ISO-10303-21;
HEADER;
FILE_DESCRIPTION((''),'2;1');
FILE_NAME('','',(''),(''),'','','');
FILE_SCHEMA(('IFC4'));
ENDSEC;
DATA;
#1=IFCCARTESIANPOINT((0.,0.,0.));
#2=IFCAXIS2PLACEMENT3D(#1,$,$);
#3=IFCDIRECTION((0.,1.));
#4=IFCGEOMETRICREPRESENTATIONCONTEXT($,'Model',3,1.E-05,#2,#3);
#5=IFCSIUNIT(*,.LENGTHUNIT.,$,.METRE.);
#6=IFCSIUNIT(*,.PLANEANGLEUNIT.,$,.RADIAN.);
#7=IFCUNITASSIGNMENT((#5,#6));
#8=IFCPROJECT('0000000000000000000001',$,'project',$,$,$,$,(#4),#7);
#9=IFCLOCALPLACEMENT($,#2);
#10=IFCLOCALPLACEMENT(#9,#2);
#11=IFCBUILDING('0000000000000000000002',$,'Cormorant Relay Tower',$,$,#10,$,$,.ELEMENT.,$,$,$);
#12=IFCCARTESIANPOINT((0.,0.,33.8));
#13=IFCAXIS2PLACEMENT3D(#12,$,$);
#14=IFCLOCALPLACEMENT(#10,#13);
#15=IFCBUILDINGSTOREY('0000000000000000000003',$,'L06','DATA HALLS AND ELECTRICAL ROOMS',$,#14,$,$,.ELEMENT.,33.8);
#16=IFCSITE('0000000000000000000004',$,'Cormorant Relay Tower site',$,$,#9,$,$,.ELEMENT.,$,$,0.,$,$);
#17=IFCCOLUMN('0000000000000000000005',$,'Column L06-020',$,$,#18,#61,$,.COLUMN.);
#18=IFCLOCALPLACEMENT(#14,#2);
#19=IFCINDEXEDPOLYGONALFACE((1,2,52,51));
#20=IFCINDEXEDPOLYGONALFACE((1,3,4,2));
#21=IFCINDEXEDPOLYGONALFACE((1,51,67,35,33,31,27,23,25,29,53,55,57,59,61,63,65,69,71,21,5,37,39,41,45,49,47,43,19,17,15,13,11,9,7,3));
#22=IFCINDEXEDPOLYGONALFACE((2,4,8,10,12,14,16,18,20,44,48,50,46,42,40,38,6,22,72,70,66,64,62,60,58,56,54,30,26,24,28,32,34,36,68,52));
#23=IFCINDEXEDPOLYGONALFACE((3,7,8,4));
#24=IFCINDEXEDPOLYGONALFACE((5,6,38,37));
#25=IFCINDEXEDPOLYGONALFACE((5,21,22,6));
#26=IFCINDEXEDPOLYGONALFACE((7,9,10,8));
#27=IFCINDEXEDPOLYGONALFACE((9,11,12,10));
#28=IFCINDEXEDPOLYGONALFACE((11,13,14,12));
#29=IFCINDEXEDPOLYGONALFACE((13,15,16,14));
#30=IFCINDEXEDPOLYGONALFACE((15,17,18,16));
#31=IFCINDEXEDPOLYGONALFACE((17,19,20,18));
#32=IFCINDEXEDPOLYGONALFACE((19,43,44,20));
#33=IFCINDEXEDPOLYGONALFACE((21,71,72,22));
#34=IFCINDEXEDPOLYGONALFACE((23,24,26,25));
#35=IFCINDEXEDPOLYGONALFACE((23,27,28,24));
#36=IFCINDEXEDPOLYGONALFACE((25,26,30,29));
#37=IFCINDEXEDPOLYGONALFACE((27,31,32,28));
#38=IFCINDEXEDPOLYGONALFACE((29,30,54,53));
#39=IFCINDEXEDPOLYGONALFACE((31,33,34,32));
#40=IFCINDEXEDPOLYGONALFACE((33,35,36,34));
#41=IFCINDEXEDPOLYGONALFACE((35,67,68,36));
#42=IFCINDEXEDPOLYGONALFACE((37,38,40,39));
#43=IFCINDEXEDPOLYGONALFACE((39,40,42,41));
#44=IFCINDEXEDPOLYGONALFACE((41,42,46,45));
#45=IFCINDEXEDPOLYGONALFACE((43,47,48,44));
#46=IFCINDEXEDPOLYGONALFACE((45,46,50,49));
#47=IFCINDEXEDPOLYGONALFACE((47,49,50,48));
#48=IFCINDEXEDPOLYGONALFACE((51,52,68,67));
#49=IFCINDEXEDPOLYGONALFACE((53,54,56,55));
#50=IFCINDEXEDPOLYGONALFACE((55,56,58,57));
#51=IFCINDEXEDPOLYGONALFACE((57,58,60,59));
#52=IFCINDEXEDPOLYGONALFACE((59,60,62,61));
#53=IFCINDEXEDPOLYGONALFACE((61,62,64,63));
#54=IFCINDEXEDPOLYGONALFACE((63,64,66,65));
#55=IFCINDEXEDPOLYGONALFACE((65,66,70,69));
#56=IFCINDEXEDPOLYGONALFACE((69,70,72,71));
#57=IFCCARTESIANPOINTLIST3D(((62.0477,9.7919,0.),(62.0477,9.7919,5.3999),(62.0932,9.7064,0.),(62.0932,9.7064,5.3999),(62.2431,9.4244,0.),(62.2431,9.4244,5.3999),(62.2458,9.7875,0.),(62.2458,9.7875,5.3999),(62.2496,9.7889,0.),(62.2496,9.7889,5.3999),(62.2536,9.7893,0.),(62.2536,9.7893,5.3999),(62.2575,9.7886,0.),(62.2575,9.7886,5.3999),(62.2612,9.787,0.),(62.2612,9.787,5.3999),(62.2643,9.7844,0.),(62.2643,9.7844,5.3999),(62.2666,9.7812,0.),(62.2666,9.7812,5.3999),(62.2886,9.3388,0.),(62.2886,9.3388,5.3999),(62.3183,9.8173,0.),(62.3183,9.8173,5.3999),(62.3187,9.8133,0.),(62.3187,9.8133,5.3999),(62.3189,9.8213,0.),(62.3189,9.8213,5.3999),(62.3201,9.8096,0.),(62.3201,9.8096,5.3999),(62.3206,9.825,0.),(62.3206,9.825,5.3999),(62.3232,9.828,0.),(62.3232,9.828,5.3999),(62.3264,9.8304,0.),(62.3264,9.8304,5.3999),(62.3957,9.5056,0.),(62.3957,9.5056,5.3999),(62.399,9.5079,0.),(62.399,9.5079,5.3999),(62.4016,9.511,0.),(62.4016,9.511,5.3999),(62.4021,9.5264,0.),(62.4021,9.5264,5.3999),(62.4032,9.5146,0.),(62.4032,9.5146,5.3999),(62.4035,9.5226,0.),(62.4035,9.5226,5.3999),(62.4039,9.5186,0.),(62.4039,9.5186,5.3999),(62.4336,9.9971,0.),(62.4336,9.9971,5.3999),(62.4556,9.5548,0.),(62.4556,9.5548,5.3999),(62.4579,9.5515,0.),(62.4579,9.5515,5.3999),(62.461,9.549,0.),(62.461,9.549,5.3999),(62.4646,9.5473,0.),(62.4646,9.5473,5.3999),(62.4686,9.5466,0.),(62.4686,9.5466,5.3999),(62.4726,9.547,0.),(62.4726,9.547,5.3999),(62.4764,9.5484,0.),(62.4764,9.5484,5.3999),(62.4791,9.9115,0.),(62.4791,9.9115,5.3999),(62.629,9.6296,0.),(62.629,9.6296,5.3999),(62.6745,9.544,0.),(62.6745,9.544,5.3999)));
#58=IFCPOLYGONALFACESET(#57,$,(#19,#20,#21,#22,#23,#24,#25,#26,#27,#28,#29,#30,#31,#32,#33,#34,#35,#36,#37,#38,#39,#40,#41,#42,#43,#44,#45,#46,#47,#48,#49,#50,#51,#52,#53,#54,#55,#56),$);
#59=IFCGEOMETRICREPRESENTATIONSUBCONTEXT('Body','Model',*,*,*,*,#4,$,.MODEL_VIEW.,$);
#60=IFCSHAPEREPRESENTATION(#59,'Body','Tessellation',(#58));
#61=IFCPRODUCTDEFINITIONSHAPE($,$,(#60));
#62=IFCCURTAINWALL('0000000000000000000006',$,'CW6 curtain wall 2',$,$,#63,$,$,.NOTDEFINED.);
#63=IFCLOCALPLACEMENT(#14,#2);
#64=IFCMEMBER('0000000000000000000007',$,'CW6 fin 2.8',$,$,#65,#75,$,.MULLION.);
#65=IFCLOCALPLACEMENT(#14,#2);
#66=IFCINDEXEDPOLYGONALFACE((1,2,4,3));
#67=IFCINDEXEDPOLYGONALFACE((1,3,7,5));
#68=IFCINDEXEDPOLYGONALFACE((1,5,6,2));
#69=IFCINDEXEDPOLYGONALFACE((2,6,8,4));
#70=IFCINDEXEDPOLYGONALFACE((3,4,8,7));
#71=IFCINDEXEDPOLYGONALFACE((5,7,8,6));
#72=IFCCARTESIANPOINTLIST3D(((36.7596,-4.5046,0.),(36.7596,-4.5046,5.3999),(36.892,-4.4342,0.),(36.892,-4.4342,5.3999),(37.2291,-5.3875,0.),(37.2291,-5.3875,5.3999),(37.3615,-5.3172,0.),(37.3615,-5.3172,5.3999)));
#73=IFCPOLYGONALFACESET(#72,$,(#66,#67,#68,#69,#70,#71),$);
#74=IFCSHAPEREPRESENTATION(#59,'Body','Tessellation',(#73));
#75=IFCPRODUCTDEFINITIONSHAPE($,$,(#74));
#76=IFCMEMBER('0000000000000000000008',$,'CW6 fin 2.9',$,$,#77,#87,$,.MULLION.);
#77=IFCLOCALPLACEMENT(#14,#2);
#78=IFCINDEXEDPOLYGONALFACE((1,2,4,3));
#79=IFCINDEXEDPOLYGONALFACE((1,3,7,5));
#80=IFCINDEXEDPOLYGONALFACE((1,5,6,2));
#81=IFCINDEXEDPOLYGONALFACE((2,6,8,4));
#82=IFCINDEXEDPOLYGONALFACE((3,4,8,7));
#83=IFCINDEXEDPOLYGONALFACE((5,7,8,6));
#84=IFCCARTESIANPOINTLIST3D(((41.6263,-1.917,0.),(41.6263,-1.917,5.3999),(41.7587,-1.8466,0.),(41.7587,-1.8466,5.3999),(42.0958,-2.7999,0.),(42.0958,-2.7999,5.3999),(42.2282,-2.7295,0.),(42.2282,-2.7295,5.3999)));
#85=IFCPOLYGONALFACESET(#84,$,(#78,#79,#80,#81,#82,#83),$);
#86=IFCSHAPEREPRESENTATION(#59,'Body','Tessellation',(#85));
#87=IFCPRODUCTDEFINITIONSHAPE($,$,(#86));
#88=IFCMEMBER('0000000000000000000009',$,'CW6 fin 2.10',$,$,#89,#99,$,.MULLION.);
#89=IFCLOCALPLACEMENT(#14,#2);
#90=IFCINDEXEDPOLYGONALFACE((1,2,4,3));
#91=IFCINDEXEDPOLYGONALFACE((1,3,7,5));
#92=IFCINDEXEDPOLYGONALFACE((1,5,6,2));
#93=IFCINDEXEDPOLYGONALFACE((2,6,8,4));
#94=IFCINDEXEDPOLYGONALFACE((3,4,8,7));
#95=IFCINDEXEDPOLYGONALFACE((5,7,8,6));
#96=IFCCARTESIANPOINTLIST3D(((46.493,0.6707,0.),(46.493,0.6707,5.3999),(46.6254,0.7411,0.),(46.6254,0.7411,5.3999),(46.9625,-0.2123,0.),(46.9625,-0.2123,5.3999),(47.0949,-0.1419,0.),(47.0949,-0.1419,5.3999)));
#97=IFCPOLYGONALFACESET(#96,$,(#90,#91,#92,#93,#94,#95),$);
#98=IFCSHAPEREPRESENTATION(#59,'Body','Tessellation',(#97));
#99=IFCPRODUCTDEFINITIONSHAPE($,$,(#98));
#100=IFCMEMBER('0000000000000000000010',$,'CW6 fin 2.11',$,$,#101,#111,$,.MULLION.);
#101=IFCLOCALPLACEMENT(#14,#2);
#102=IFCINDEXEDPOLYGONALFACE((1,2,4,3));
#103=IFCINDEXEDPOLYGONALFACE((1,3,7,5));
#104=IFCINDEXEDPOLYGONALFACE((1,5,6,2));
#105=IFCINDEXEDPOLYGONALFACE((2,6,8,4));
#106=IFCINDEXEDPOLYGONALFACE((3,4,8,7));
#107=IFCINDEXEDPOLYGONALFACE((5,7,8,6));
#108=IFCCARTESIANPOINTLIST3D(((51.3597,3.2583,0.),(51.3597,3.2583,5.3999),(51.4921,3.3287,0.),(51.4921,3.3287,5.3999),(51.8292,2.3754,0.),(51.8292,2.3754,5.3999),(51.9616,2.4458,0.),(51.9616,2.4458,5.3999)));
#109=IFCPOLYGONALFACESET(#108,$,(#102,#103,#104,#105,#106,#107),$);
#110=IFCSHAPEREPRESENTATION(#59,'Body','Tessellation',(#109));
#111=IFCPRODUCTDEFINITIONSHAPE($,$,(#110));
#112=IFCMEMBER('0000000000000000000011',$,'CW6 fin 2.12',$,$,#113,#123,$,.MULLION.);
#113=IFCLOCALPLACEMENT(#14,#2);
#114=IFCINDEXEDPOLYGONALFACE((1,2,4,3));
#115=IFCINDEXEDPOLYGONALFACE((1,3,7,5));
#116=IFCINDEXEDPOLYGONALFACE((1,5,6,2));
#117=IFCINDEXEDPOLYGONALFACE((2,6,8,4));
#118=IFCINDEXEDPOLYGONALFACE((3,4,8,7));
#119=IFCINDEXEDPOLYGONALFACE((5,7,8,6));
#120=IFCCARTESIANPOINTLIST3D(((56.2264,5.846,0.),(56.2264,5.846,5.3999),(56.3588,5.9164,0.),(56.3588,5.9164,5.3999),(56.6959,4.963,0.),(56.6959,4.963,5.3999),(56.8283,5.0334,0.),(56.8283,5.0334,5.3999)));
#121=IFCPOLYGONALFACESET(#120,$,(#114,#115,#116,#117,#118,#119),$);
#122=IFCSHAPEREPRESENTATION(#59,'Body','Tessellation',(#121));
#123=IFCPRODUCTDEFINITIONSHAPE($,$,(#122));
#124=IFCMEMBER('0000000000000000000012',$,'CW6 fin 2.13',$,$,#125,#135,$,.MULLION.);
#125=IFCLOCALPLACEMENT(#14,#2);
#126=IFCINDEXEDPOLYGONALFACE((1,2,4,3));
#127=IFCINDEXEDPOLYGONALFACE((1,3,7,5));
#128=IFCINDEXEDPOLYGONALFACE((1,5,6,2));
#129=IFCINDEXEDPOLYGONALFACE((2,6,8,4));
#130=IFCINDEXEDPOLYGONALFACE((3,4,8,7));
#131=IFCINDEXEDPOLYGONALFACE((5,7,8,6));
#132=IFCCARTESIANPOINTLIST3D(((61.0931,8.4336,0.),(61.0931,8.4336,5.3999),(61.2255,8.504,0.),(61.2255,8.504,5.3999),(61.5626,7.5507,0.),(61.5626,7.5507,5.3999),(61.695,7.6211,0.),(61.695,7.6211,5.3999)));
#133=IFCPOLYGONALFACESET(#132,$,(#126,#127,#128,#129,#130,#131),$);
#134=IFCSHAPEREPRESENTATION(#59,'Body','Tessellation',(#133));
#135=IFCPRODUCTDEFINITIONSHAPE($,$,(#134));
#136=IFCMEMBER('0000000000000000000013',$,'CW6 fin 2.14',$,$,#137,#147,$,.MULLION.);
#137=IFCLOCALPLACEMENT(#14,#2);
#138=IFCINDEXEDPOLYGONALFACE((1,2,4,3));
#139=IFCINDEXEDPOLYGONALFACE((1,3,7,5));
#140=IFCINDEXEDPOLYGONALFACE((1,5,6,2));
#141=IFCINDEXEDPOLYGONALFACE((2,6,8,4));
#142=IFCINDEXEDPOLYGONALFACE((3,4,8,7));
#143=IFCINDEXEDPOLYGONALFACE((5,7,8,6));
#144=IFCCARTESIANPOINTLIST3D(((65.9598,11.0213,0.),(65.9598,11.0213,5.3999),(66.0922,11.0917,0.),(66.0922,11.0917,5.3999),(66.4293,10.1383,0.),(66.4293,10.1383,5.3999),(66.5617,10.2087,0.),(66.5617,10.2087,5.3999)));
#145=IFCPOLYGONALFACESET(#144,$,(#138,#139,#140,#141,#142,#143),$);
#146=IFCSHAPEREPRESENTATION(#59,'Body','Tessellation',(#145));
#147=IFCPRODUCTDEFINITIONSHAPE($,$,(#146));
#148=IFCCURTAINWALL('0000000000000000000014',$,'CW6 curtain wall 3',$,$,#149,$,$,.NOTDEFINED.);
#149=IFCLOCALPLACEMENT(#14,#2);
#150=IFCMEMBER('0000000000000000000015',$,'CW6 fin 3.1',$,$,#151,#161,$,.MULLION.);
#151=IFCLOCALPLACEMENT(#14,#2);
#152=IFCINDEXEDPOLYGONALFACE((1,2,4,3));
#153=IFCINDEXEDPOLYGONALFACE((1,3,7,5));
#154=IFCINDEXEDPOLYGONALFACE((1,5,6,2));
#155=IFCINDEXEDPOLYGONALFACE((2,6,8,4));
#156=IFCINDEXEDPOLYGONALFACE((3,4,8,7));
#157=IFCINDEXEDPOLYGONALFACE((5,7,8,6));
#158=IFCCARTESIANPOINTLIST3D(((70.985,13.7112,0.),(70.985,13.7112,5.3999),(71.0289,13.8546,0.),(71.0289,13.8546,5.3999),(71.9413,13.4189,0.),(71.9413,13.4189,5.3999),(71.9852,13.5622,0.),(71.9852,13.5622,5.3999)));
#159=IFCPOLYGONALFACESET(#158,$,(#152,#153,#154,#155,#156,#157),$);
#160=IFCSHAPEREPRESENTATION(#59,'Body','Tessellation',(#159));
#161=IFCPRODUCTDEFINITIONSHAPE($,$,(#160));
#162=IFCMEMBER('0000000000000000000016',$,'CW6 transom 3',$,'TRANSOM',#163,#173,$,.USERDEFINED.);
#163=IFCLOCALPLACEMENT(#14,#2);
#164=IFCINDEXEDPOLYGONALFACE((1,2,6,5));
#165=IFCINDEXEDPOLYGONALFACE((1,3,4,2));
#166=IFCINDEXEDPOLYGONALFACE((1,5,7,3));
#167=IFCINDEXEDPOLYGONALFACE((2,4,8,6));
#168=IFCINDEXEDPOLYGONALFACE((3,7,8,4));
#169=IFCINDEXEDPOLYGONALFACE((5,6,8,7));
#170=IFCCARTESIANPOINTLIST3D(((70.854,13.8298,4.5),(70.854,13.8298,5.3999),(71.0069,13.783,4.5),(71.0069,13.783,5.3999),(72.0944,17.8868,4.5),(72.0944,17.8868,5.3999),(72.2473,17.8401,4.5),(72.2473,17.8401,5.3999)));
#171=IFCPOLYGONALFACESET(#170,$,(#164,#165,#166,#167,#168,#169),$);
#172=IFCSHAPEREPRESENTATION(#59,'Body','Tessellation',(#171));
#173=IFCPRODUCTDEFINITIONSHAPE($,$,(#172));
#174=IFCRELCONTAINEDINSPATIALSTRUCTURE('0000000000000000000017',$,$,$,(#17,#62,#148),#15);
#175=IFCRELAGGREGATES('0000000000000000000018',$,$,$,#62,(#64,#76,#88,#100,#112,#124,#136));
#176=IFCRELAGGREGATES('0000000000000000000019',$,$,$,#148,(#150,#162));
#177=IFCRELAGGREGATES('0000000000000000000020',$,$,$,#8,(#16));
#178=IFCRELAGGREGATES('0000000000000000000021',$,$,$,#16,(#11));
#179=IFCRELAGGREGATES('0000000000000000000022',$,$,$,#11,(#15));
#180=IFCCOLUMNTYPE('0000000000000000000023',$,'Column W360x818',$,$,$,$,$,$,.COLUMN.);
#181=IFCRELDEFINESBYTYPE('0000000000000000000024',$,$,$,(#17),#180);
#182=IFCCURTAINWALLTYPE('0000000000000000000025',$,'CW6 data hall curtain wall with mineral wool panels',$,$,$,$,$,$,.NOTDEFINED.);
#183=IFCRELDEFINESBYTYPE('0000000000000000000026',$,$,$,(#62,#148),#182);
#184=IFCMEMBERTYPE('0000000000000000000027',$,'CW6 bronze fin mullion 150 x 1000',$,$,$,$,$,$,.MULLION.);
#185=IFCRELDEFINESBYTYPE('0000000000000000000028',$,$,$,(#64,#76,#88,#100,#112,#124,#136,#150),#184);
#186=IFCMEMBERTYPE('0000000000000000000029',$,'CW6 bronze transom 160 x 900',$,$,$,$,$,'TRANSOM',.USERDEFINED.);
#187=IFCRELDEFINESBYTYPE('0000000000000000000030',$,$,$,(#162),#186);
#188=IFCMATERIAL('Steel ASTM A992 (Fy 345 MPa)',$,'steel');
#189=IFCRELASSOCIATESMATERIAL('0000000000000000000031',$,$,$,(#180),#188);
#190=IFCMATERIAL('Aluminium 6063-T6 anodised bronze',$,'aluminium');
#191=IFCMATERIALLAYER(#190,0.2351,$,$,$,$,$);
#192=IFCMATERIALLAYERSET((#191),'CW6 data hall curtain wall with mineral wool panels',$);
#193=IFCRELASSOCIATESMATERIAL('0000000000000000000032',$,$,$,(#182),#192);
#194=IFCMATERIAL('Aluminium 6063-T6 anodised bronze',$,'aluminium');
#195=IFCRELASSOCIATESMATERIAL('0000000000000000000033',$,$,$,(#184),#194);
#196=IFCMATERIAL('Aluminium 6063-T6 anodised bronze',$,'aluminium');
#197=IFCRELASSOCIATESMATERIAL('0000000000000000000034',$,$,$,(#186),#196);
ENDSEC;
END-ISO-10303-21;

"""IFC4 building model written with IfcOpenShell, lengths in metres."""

from ifc_helpers import new_model, si_unit, direction, frame, origin, origin_2d, place, context, subcontext, project, spatial, rectangle, i_section, extrude, material, layer, layer_set, material_profile, profile_set, type_object, element, aggregate, save


model = new_model("IFC4")

# Units and contexts
model_context = context("Model", 3, precision=1e-05, world=origin(), true_north=direction((0.0, 1.0)))
body_context = subcontext(model_context, "Body", "Model", "MODEL_VIEW")
ifc_project = project(units=[si_unit("LENGTHUNIT", "METRE"), si_unit("PLANEANGLEUNIT", "RADIAN")], contexts=[model_context])

# Site, building, storey
site_placement = place(None, origin())
site = spatial("IfcSite", under=ifc_project, at=site_placement, Name="Cormorant Relay Tower site", CompositionType="ELEMENT", RefElevation=0.0)
building_placement = place(site_placement, origin())
building = spatial("IfcBuilding", under=site, at=building_placement, Name="Cormorant Relay Tower", CompositionType="ELEMENT")
storey_placement = place(building_placement, frame((0.0, 0.0, 33.8)))
storey = spatial("IfcBuildingStorey", under=building, at=storey_placement, Name="L06", Description="DATA HALLS AND ELECTRICAL ROOMS", CompositionType="ELEMENT", Elevation=33.8)

# Column
ifc_material_1 = material(Name="Steel ASTM A992 (Fy 345 MPa)", Category="steel")
ifc_material_profile_1 = material_profile(ifc_material_1, i_section(OverallWidth=0.437, OverallDepth=0.5132, WebThickness=0.0605, FlangeThickness=0.0969, FilletRadius=0.0154, at=origin_2d()), Name="W360x818")
ifc_profile_set_1 = profile_set([ifc_material_profile_1], Name="Steel ASTM A992 (Fy 345 MPa)")
column_type_1 = type_object("IfcColumnType", Name="Column W360x818", PredefinedType="COLUMN", material=ifc_profile_set_1)
for number, where, z_axis, x_axis, name in (
    (1, (62.3611, 9.668, 0.0), (0.0, 0.0, 1.0), (0.882948, 0.469472, 0.0), "Column L06-020"),
):
    element("IfcColumn", number, at=place(storey_placement, frame(where, z_axis=z_axis, x_axis=x_axis)), inside=storey, type_object=column_type_1, Name=name, PredefinedType="COLUMN", context=body_context, shape_type="SweptSolid", body=[
        extrude(i_section(OverallWidth=0.437, OverallDepth=0.5132, WebThickness=0.0605, FlangeThickness=0.0969, FilletRadius=0.0154, at=origin_2d()), origin(), (0.0, 0.0, 1.0), 5.3999),
    ])

# Curtain walls, members
ifc_material_2 = material(Name="Aluminium 6063-T6 anodised bronze", Category="aluminium")
ifc_layer_1 = layer(ifc_material_2, 0.2351)
ifc_layer_set_1 = layer_set([ifc_layer_1], Name="CW6 data hall curtain wall with mineral wool panels")
curtain_wall_type = type_object("IfcCurtainWallType", Name="CW6 data hall curtain wall with mineral wool panels", PredefinedType="NOTDEFINED", material=ifc_layer_set_1)
curtain_wall_1_placement = place(storey_placement, origin())
curtain_wall_1 = element("IfcCurtainWall", 2, at=curtain_wall_1_placement, inside=storey, type_object=curtain_wall_type, Name="CW6 curtain wall 2", PredefinedType="NOTDEFINED")
ifc_material_3 = material(Name="Aluminium 6063-T6 anodised bronze", Category="aluminium")
ifc_material_profile_2 = material_profile(ifc_material_3, rectangle(XDim=0.1499, YDim=1.0, at=origin_2d()), Name="AL 150x1000")
ifc_profile_set_2 = profile_set([ifc_material_profile_2], Name="Aluminium 6063-T6 anodised bronze")
member_type_1 = type_object("IfcMemberType", Name="CW6 bronze fin mullion 150 x 1000", PredefinedType="MULLION", material=ifc_profile_set_2)
member_1_placement = place(storey_placement, frame((37.0605, -4.9109, 0.0), z_axis=(0.0, 0.0, 1.0), x_axis=(0.882948, 0.469472, 0.0)))
member_1 = element("IfcMember", 3, at=member_1_placement, type_object=member_type_1, Name="CW6 fin 2.8", PredefinedType="MULLION", context=body_context, shape_type="SweptSolid", body=[
    extrude(rectangle(XDim=0.1499, YDim=1.0, at=origin_2d()), origin(), (0.0, 0.0, 1.0), 5.3999),
])
member_2_placement = place(storey_placement, frame((41.9272, -2.3232, 0.0), z_axis=(0.0, 0.0, 1.0), x_axis=(0.882948, 0.469472, 0.0)))
member_2 = element("IfcMember", 4, at=member_2_placement, type_object=member_type_1, Name="CW6 fin 2.9", PredefinedType="MULLION", context=body_context, shape_type="SweptSolid", body=[
    extrude(rectangle(XDim=0.1499, YDim=1.0, at=origin_2d()), origin(), (0.0, 0.0, 1.0), 5.3999),
])
member_3_placement = place(storey_placement, frame((46.7939, 0.2644, 0.0), z_axis=(0.0, 0.0, 1.0), x_axis=(0.882948, 0.469472, 0.0)))
member_3 = element("IfcMember", 5, at=member_3_placement, type_object=member_type_1, Name="CW6 fin 2.10", PredefinedType="MULLION", context=body_context, shape_type="SweptSolid", body=[
    extrude(rectangle(XDim=0.1499, YDim=1.0, at=origin_2d()), origin(), (0.0, 0.0, 1.0), 5.3999),
])
member_4_placement = place(storey_placement, frame((51.6606, 2.8521, 0.0), z_axis=(0.0, 0.0, 1.0), x_axis=(0.882948, 0.469472, 0.0)))
member_4 = element("IfcMember", 6, at=member_4_placement, type_object=member_type_1, Name="CW6 fin 2.11", PredefinedType="MULLION", context=body_context, shape_type="SweptSolid", body=[
    extrude(rectangle(XDim=0.1499, YDim=1.0, at=origin_2d()), origin(), (0.0, 0.0, 1.0), 5.3999),
])
member_5_placement = place(storey_placement, frame((56.5273, 5.4397, 0.0), z_axis=(0.0, 0.0, 1.0), x_axis=(0.882948, 0.469472, 0.0)))
member_5 = element("IfcMember", 7, at=member_5_placement, type_object=member_type_1, Name="CW6 fin 2.12", PredefinedType="MULLION", context=body_context, shape_type="SweptSolid", body=[
    extrude(rectangle(XDim=0.1499, YDim=1.0, at=origin_2d()), origin(), (0.0, 0.0, 1.0), 5.3999),
])
member_6_placement = place(storey_placement, frame((61.394, 8.0273, 0.0), z_axis=(0.0, 0.0, 1.0), x_axis=(0.882948, 0.469472, 0.0)))
member_6 = element("IfcMember", 8, at=member_6_placement, type_object=member_type_1, Name="CW6 fin 2.13", PredefinedType="MULLION", context=body_context, shape_type="SweptSolid", body=[
    extrude(rectangle(XDim=0.1499, YDim=1.0, at=origin_2d()), origin(), (0.0, 0.0, 1.0), 5.3999),
])
member_7_placement = place(storey_placement, frame((66.2607, 10.615, 0.0), z_axis=(0.0, 0.0, 1.0), x_axis=(0.882948, 0.469472, 0.0)))
member_7 = element("IfcMember", 9, at=member_7_placement, type_object=member_type_1, Name="CW6 fin 2.14", PredefinedType="MULLION", context=body_context, shape_type="SweptSolid", body=[
    extrude(rectangle(XDim=0.1499, YDim=1.0, at=origin_2d()), origin(), (0.0, 0.0, 1.0), 5.3999),
])
curtain_wall_2_placement = place(storey_placement, origin())
curtain_wall_2 = element("IfcCurtainWall", 10, at=curtain_wall_2_placement, inside=storey, type_object=curtain_wall_type, Name="CW6 curtain wall 3", PredefinedType="NOTDEFINED")
member_8_placement = place(storey_placement, frame((71.4851, 13.6367, 0.0), z_axis=(0.0, 0.0, 1.0), x_axis=(0.292372, 0.956305, 0.0)))
member_8 = element("IfcMember", 11, at=member_8_placement, type_object=member_type_1, Name="CW6 fin 3.1", PredefinedType="MULLION", context=body_context, shape_type="SweptSolid", body=[
    extrude(rectangle(XDim=0.1499, YDim=1.0, at=origin_2d()), origin(), (0.0, 0.0, 1.0), 5.3999),
])
ifc_material_4 = material(Name="Aluminium 6063-T6 anodised bronze", Category="aluminium")
ifc_material_profile_3 = material_profile(ifc_material_4, rectangle(XDim=0.1599, YDim=0.8999, at=origin_2d()), Name="AL 160x900")
ifc_profile_set_3 = profile_set([ifc_material_profile_3], Name="Aluminium 6063-T6 anodised bronze")
member_type_2 = type_object("IfcMemberType", Name="CW6 bronze transom 160 x 900", ElementType="TRANSOM", PredefinedType="USERDEFINED", material=ifc_profile_set_3)
member_9_placement = place(storey_placement, frame((70.9304, 13.8064, 4.95), z_axis=(0.292391, 0.956299, 0.0), x_axis=(-0.956299, 0.292391, 0.0)))
member_9 = element("IfcMember", 12, at=member_9_placement, type_object=member_type_2, Name="CW6 transom 3", ObjectType="TRANSOM", PredefinedType="USERDEFINED", context=body_context, shape_type="SweptSolid", body=[
    extrude(rectangle(XDim=0.1599, YDim=0.8999, at=origin_2d()), origin(), (0.0, 0.0, 1.0), 4.2424),
])

aggregate(curtain_wall_1, [member_1, member_2, member_3, member_4, member_5, member_6, member_7])
aggregate(curtain_wall_2, [member_8, member_9])

save(model, "model.ifc")
